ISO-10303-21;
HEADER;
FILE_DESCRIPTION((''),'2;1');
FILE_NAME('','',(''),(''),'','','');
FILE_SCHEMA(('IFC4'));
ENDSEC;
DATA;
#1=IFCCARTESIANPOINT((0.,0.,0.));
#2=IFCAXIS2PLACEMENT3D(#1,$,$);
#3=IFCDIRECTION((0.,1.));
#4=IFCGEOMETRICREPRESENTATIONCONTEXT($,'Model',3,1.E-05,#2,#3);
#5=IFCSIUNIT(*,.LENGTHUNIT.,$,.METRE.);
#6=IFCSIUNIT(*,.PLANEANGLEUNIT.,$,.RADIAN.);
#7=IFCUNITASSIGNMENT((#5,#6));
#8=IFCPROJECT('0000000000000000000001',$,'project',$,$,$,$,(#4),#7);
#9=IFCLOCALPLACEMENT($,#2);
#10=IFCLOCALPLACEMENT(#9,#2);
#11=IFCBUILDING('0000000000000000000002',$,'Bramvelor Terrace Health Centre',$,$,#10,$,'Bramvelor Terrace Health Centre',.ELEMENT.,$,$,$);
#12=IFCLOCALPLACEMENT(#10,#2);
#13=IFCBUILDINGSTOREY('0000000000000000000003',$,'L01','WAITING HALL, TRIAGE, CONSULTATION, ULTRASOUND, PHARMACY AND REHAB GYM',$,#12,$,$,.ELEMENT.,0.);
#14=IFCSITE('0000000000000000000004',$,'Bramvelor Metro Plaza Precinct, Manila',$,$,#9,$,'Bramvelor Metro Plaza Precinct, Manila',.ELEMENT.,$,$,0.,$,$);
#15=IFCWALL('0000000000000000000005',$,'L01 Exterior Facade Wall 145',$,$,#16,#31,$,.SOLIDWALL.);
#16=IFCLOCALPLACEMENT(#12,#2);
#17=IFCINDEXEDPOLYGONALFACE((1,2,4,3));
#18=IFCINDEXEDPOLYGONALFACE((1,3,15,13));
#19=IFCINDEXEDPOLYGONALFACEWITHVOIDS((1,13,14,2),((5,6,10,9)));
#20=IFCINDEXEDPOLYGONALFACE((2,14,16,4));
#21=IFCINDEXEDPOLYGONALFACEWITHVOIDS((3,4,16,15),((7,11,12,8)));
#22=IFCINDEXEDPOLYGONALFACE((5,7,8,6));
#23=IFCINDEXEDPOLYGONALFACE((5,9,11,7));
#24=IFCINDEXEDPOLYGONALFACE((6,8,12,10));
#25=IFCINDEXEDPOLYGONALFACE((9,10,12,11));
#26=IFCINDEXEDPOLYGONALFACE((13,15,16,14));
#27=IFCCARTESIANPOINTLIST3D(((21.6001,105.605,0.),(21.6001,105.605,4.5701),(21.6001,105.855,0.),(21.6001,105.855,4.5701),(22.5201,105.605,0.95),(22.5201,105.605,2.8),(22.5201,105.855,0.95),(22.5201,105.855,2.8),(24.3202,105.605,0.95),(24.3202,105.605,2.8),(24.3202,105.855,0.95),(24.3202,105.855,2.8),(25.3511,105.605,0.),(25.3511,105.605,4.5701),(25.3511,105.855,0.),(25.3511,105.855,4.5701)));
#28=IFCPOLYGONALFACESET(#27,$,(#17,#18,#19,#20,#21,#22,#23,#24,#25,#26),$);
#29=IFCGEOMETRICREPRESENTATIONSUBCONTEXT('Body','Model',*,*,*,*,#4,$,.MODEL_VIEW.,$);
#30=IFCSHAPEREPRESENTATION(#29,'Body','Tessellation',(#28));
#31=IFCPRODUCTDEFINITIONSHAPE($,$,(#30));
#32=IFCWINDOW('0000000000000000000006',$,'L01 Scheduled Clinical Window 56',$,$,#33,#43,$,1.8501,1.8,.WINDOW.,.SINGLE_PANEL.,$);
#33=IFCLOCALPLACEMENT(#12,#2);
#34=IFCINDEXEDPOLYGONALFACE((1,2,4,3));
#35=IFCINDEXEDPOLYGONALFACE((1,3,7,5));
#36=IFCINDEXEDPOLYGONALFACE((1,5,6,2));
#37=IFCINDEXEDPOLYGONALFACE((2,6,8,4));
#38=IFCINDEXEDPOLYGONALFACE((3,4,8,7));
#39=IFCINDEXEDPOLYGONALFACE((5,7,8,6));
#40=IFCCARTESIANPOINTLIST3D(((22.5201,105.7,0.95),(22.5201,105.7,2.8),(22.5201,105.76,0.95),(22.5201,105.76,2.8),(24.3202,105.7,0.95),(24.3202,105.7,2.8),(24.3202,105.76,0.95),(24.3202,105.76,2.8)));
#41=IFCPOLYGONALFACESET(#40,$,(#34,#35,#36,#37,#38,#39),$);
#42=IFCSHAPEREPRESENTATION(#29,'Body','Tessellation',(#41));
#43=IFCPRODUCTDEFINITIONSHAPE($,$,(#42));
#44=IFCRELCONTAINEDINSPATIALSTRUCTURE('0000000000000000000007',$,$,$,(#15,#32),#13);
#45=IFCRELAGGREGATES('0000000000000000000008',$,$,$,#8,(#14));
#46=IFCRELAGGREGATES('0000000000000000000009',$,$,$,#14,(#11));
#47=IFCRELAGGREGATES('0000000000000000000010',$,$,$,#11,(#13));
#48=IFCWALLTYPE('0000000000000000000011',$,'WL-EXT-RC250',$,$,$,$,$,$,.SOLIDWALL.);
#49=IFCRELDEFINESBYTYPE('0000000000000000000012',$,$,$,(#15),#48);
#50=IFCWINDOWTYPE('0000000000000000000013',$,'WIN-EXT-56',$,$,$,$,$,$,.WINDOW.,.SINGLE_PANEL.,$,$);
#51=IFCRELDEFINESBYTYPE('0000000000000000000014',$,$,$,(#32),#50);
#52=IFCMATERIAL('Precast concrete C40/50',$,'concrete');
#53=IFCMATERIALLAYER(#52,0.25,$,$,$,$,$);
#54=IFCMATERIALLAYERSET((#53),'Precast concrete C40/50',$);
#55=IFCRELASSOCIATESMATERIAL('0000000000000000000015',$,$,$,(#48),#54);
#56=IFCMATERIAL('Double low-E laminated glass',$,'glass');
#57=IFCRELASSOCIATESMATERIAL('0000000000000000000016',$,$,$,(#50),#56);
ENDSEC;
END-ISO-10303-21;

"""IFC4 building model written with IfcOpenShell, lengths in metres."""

from ifc_helpers import new_model, si_unit, direction, frame, frame_2d, origin, place, context, subcontext, project, spatial, rectangle, extrude, material, layer, layer_set, type_object, element, fill, save


model = new_model("IFC4")

# Units and contexts
model_context = context("Model", 3, precision=1e-05, world=origin(), true_north=direction((0.0, 1.0)))
body_context = subcontext(model_context, "Body", "Model", "MODEL_VIEW")
ifc_project = project(units=[si_unit("LENGTHUNIT", "METRE"), si_unit("PLANEANGLEUNIT", "RADIAN")], contexts=[model_context])

# Site, building, storey
site_placement = place(None, origin())
site = spatial("IfcSite", under=ifc_project, at=site_placement, Name="Bramvelor Metro Plaza Precinct, Manila", LongName="Bramvelor Metro Plaza Precinct, Manila", CompositionType="ELEMENT", RefElevation=0.0)
building_placement = place(site_placement, origin())
building = spatial("IfcBuilding", under=site, at=building_placement, Name="Bramvelor Terrace Health Centre", LongName="Bramvelor Terrace Health Centre", CompositionType="ELEMENT")
storey_placement = place(building_placement, origin())
storey = spatial("IfcBuildingStorey", under=building, at=storey_placement, Name="L01", Description="WAITING HALL, TRIAGE, CONSULTATION, ULTRASOUND, PHARMACY AND REHAB GYM", CompositionType="ELEMENT", Elevation=0.0)

# Wall, opening, window
ifc_material_1 = material(Name="Precast concrete C40/50", Category="concrete")
ifc_layer_1 = layer(ifc_material_1, 0.25)
ifc_layer_set_1 = layer_set([ifc_layer_1], Name="Precast concrete C40/50")
wall_type_1 = type_object("IfcWallType", Name="WL-EXT-RC250", PredefinedType="SOLIDWALL", material=ifc_layer_set_1)
wall_1_placement = place(storey_placement, frame((25.3511, 105.73, 0.0), z_axis=(0.0, 0.0, 1.0), x_axis=(-1.0, 0.0, 0.0)))
wall_1 = element("IfcWall", 1, at=wall_1_placement, inside=storey, type_object=wall_type_1, Name="L01 Exterior Facade Wall 145", PredefinedType="SOLIDWALL", context=body_context, shape_type="SweptSolid", body=[
    extrude(rectangle(XDim=3.751, YDim=0.25, at=frame_2d((1.8755, 0.0))), origin(), (0.0, 0.0, 1.0), 4.5701),
])
opening_placement = place(wall_1_placement, frame((1.031, 0.0, 0.95)))
opening = element("IfcOpeningElement", 2, at=opening_placement, cuts=wall_1, PredefinedType="OPENING", context=body_context, shape_type="SweptSolid", body=[
    extrude(rectangle(XDim=1.8, YDim=1.8501, at=frame_2d((0.8999, 0.925))), frame((0.0, 0.135, 0.0), z_axis=(0.0, -1.0, 0.0), x_axis=(1.0, 0.0, 0.0)), (0.0, 0.0, 1.0), 0.27),
])
ifc_material_2 = material(Name="Double low-E laminated glass", Category="glass")
window_type = type_object("IfcWindowType", Name="WIN-EXT-56", PartitioningType="SINGLE_PANEL", PredefinedType="WINDOW", material=ifc_material_2)
window_placement = place(opening_placement, origin())
window = element("IfcWindow", 3, at=window_placement, inside=storey, type_object=window_type, Name="L01 Scheduled Clinical Window 56", OverallHeight=1.8501, OverallWidth=1.8, PartitioningType="SINGLE_PANEL", PredefinedType="WINDOW", context=body_context, shape_type="SweptSolid", body=[
    extrude(rectangle(XDim=1.8, YDim=1.8501, at=frame_2d((0.8999, 0.925))), frame((0.0, 0.03, 0.0), z_axis=(0.0, -1.0, 0.0), x_axis=(1.0, 0.0, 0.0)), (0.0, 0.0, 1.0), 0.0601),
])
fill(opening, window)

save(model, "model.ifc")
